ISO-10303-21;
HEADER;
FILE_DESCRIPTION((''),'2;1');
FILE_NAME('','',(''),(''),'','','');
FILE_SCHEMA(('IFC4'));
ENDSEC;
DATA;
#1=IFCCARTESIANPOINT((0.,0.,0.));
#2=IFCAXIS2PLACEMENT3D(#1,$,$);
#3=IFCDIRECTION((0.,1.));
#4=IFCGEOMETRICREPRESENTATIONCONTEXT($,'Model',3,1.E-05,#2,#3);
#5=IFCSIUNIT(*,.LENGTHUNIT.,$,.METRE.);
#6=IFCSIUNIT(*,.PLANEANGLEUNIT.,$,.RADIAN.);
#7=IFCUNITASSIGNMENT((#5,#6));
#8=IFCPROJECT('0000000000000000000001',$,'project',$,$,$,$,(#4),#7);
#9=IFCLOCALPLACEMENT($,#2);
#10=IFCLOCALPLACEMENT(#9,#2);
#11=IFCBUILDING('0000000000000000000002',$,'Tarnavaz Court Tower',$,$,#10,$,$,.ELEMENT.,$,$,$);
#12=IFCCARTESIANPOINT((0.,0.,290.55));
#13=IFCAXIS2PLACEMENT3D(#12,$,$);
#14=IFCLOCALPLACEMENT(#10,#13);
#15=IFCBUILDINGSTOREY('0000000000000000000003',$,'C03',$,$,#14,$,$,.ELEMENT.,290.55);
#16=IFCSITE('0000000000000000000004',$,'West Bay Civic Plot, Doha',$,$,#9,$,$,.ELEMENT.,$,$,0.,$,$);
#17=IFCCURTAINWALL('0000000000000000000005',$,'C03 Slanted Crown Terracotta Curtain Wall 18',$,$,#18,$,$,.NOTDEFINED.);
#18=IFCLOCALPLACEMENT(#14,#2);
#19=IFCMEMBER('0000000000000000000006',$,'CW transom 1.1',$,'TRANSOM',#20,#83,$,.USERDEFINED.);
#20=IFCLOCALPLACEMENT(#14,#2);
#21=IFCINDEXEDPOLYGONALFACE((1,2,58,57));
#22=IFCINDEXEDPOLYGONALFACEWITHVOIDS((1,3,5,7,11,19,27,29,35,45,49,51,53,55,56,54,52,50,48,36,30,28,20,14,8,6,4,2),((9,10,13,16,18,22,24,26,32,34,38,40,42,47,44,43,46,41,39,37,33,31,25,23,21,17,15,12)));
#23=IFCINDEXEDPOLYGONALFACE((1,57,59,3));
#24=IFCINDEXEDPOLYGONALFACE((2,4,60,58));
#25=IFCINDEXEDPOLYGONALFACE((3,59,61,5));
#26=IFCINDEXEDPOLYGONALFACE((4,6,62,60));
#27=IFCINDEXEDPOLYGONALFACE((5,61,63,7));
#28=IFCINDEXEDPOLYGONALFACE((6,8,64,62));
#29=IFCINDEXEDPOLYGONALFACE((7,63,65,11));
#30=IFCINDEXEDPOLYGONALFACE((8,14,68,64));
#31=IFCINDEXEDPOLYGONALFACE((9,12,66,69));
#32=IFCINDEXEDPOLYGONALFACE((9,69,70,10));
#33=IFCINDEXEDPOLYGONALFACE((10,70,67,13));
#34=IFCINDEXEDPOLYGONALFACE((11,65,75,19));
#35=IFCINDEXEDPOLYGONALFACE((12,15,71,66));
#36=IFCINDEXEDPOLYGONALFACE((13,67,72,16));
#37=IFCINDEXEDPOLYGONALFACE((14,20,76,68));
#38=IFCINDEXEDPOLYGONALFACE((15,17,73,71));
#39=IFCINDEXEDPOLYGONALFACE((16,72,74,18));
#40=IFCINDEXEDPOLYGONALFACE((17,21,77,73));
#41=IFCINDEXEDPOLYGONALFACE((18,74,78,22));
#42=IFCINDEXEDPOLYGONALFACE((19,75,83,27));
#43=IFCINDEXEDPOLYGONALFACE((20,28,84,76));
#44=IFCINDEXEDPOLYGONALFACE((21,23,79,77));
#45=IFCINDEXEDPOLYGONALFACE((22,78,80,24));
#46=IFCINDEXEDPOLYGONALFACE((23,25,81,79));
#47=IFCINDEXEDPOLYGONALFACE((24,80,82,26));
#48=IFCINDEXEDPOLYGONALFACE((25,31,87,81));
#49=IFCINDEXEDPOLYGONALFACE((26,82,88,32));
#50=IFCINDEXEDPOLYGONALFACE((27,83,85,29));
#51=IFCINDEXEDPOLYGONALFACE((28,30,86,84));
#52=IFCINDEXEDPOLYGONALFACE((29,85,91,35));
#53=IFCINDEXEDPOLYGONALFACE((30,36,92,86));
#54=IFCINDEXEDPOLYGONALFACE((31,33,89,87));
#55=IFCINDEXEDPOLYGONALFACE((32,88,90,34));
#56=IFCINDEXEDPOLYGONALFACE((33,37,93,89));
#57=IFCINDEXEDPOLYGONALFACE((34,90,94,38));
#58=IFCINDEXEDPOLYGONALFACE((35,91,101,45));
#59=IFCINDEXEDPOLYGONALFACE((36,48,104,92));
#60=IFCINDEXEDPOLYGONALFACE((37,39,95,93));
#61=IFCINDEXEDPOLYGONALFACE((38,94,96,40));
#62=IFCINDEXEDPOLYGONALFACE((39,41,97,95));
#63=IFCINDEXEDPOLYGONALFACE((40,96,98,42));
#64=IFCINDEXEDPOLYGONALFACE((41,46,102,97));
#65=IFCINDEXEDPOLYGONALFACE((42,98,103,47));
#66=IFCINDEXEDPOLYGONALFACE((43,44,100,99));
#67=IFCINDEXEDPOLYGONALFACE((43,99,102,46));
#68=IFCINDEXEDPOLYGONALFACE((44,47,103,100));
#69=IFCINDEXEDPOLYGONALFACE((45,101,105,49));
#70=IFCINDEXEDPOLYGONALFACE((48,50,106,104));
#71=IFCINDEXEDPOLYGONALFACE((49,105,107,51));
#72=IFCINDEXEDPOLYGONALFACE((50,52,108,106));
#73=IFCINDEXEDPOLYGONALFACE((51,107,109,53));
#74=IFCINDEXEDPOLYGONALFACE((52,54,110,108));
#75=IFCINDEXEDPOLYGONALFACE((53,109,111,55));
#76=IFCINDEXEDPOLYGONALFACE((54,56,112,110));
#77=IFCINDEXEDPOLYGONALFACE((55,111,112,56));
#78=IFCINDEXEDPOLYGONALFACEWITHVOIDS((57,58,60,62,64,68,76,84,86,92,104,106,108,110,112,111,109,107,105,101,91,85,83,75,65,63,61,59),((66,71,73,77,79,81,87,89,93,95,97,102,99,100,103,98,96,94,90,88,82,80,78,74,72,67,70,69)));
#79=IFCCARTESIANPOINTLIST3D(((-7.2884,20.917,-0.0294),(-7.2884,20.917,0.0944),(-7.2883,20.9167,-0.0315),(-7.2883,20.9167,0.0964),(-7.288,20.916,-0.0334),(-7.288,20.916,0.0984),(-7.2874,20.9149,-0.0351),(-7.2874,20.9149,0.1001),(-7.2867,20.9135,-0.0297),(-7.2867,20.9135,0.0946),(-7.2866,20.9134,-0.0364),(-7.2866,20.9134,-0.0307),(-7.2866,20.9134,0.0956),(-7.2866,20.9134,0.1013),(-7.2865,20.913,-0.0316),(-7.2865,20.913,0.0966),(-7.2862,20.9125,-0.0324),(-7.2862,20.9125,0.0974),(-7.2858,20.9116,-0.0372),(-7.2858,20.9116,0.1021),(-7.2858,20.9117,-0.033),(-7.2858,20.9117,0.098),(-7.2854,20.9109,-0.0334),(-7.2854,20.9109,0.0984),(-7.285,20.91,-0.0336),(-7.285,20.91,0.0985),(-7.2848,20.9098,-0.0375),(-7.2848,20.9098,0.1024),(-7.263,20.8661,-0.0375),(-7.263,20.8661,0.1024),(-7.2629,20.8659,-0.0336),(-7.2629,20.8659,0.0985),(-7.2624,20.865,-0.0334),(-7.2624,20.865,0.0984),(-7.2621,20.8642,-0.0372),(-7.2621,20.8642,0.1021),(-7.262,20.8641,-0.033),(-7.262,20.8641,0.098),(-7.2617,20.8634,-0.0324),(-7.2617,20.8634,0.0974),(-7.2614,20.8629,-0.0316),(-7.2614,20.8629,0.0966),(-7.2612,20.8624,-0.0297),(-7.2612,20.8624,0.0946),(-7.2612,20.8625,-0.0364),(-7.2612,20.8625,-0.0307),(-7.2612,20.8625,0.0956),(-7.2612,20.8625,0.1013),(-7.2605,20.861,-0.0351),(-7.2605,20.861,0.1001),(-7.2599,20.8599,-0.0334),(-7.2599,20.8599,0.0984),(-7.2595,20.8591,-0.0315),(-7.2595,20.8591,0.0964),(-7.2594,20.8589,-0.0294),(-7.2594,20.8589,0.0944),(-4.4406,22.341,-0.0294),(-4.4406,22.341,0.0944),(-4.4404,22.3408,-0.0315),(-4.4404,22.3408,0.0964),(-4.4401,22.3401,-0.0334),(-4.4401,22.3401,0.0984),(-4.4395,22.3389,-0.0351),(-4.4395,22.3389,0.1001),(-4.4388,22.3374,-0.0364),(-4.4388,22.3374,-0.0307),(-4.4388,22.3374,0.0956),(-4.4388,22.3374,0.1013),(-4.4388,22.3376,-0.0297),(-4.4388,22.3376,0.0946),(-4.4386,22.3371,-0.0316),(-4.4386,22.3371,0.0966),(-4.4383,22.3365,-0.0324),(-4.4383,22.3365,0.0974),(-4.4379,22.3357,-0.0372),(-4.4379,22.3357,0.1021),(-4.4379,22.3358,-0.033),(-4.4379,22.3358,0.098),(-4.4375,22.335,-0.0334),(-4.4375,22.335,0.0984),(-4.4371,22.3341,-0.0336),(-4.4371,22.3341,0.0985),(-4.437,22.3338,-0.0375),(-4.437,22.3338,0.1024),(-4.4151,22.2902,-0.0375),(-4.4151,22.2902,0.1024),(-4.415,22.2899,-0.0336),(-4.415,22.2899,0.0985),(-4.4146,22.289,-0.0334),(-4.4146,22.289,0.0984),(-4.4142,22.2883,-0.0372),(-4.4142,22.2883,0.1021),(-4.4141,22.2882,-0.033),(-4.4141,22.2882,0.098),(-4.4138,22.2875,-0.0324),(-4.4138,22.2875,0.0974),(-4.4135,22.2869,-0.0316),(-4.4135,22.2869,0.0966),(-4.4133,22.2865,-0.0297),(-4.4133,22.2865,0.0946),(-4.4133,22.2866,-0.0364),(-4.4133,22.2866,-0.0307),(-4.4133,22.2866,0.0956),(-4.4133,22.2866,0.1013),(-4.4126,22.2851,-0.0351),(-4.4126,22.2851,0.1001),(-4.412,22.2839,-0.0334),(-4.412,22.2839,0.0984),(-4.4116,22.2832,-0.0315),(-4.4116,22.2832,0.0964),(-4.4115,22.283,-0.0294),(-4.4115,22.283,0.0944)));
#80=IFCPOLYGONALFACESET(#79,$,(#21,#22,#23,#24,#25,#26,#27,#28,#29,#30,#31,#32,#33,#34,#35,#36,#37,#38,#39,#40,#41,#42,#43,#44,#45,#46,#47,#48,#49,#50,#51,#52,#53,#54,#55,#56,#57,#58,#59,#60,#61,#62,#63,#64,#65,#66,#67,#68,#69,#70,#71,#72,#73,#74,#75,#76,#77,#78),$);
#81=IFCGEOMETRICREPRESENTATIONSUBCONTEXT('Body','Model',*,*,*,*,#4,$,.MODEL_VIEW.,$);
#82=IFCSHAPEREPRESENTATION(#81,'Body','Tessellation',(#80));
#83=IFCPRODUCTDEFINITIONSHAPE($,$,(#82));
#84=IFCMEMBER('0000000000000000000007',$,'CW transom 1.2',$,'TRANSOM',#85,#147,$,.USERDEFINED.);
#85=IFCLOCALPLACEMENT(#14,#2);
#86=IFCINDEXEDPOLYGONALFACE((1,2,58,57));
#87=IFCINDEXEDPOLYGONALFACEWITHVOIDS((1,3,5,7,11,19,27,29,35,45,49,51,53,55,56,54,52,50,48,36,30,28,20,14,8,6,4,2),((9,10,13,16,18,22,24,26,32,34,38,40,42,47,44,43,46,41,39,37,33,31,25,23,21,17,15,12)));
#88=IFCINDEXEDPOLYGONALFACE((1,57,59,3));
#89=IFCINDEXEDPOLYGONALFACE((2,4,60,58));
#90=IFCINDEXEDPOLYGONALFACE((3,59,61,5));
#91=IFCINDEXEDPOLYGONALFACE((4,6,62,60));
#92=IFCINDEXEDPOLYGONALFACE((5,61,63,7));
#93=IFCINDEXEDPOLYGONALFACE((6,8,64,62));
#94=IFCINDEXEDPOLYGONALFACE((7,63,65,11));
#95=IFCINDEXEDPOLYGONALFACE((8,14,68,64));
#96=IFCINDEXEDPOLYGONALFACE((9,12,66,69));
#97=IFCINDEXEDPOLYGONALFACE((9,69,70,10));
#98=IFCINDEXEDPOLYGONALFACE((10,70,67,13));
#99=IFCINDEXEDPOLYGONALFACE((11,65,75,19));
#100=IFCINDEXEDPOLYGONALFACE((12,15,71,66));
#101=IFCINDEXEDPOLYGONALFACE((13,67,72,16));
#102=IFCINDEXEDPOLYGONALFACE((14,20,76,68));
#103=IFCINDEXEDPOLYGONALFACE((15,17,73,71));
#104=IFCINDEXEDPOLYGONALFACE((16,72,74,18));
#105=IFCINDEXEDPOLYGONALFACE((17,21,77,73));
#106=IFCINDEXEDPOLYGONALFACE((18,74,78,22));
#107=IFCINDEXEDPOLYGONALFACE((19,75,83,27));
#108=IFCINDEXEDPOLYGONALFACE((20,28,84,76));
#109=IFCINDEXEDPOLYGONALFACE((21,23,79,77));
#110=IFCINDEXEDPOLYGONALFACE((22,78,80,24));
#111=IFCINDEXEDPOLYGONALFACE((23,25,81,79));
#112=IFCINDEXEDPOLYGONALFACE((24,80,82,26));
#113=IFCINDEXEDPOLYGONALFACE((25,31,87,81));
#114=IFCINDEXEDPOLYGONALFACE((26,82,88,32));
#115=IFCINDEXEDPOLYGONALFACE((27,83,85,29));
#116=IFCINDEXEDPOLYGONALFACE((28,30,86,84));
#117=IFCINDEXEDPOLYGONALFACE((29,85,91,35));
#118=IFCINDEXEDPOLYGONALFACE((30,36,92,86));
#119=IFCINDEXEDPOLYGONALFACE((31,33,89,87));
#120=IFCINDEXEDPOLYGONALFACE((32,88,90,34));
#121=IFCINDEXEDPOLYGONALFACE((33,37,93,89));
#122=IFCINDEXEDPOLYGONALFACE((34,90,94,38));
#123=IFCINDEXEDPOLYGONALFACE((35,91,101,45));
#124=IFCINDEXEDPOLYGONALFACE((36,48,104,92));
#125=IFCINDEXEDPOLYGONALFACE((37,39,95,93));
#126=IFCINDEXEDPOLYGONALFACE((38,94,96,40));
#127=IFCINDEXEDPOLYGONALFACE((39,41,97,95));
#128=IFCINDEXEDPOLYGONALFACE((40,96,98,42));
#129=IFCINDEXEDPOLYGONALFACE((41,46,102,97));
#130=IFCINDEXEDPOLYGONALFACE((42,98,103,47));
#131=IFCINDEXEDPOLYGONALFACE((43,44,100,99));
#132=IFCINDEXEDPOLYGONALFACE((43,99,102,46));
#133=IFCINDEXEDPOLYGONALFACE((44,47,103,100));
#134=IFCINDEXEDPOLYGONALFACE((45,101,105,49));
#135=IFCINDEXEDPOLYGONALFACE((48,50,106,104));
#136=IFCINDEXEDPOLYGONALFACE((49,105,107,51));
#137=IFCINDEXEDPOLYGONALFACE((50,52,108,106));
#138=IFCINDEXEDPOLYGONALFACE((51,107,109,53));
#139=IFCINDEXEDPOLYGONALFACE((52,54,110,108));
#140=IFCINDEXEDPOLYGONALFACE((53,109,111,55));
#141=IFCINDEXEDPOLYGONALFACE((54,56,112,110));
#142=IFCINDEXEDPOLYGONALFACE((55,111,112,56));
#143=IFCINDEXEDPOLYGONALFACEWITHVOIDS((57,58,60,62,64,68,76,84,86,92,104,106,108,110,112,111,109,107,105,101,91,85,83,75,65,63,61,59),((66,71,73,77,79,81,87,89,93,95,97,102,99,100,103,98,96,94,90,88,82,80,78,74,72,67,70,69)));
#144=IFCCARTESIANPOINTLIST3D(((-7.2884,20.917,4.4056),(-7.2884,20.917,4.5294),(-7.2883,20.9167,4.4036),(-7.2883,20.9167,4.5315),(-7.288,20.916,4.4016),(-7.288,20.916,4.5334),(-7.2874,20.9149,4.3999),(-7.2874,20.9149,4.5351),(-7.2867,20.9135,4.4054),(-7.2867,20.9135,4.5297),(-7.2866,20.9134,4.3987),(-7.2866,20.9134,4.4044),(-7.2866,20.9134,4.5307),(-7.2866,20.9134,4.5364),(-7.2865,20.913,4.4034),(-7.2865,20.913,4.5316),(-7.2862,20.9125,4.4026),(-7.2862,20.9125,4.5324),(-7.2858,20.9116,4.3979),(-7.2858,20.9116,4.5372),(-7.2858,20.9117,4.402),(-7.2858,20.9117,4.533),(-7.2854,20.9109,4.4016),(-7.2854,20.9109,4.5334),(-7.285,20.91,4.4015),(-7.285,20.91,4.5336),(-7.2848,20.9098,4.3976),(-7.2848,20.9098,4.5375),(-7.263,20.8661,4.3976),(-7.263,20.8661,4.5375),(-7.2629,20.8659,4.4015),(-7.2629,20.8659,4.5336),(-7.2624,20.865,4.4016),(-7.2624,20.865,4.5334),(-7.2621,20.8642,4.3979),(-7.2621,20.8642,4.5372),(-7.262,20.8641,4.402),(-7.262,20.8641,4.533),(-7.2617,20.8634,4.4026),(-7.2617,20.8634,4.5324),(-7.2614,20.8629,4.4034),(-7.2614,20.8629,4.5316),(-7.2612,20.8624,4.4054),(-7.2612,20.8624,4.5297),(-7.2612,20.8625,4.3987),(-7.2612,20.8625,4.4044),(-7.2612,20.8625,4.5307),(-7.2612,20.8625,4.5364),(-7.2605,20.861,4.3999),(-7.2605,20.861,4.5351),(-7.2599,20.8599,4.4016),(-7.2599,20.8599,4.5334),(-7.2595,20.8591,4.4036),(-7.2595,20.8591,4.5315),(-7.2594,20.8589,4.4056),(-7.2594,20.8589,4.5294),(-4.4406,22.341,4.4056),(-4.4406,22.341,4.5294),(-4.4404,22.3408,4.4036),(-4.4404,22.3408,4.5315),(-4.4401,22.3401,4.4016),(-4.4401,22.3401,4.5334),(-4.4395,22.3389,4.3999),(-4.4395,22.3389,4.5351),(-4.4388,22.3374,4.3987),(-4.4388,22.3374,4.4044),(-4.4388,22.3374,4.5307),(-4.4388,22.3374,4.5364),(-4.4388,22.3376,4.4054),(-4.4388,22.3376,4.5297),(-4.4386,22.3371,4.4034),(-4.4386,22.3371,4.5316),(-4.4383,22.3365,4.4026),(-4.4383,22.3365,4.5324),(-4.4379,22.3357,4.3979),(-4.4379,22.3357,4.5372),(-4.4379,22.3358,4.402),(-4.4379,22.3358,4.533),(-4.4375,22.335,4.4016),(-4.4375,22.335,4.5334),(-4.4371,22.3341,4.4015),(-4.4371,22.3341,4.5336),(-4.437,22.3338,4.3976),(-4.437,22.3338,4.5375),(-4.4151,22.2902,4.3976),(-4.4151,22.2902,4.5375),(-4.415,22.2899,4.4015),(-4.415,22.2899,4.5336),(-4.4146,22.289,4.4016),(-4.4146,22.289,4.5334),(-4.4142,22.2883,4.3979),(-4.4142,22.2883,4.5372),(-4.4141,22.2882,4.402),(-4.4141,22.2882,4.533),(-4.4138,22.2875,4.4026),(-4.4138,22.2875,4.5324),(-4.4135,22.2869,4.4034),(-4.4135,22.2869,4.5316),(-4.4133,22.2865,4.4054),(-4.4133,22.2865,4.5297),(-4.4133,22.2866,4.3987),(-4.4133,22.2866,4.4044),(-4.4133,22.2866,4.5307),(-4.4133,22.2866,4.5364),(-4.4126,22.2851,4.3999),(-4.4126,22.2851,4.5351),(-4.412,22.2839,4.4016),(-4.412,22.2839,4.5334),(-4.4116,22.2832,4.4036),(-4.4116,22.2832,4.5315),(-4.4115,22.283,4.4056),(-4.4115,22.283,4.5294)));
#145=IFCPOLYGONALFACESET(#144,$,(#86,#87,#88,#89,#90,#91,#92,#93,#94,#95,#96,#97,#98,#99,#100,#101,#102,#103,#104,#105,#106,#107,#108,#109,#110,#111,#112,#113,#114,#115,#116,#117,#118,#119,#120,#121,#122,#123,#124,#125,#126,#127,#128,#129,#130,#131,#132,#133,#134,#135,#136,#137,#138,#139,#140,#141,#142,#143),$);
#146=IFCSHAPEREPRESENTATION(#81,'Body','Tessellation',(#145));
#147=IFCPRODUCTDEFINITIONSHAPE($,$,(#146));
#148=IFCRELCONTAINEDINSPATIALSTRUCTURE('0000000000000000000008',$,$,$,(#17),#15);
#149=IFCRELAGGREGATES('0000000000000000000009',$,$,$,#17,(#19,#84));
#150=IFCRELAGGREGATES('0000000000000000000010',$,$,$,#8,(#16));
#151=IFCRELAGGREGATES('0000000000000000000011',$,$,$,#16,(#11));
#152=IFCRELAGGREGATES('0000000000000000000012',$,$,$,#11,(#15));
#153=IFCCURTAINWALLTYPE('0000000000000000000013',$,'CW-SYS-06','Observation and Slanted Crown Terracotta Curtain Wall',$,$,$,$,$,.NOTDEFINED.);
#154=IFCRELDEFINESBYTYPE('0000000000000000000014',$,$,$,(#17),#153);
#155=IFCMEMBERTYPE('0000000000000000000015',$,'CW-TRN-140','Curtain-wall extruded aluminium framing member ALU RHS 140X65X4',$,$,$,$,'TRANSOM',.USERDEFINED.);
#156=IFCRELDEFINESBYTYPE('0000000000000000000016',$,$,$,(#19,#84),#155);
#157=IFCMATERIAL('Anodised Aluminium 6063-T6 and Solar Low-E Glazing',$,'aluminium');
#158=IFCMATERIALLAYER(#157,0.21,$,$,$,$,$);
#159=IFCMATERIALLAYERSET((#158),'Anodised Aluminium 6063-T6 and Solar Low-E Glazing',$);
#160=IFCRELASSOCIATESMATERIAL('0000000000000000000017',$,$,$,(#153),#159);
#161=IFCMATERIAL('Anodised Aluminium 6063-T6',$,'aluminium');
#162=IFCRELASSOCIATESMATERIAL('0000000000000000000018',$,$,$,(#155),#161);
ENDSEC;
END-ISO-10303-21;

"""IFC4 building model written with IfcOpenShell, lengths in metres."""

from ifc_helpers import new_model, si_unit, direction, frame, origin, origin_2d, place, context, subcontext, project, spatial, hollow_rectangle, extrude, material, layer, layer_set, material_profile, profile_set, type_object, element, aggregate, save


model = new_model("IFC4")

# Units and contexts
model_context = context("Model", 3, precision=1e-05, world=origin(), true_north=direction((0.0, 1.0)))
body_context = subcontext(model_context, "Body", "Model", "MODEL_VIEW")
ifc_project = project(units=[si_unit("LENGTHUNIT", "METRE"), si_unit("PLANEANGLEUNIT", "RADIAN")], contexts=[model_context])

# Site, building, storey
site_placement = place(None, origin())
site = spatial("IfcSite", under=ifc_project, at=site_placement, Name="West Bay Civic Plot, Doha", CompositionType="ELEMENT", RefElevation=0.0)
building_placement = place(site_placement, origin())
building = spatial("IfcBuilding", under=site, at=building_placement, Name="Tarnavaz Court Tower", CompositionType="ELEMENT")
storey_placement = place(building_placement, frame((0.0, 0.0, 290.55)))
storey = spatial("IfcBuildingStorey", under=building, at=storey_placement, Name="C03", CompositionType="ELEMENT", Elevation=290.55)

# Curtain wall
ifc_material_1 = material(Name="Anodised Aluminium 6063-T6 and Solar Low-E Glazing", Category="aluminium")
ifc_layer_1 = layer(ifc_material_1, 0.21)
ifc_layer_set_1 = layer_set([ifc_layer_1], Name="Anodised Aluminium 6063-T6 and Solar Low-E Glazing")
curtain_wall_type = type_object("IfcCurtainWallType", Name="CW-SYS-06", Description="Observation and Slanted Crown Terracotta Curtain Wall", PredefinedType="NOTDEFINED", material=ifc_layer_set_1)
ifc_material_2 = material(Name="Anodised Aluminium 6063-T6", Category="aluminium")
curtain_wall_1_placement = place(storey_placement, origin())
curtain_wall_1 = element("IfcCurtainWall", 1, at=curtain_wall_1_placement, inside=storey, type_object=curtain_wall_type, Name="C03 Slanted Crown Terracotta Curtain Wall 18", PredefinedType="NOTDEFINED")

# Members
ifc_material_profile_1 = material_profile(ifc_material_2, hollow_rectangle(XDim=0.0649, YDim=0.1399, WallThickness=0.0039, InnerFilletRadius=0.0039, OuterFilletRadius=0.0081, at=origin_2d()), Name="ALU RHS 140X65X4")
ifc_profile_set_1 = profile_set([ifc_material_profile_1], Name="Anodised Aluminium 6063-T6")
member_type_1 = type_object("IfcMemberType", Name="CW-TRN-140", Description="Curtain-wall extruded aluminium framing member ALU RHS 140X65X4", ElementType="TRANSOM", PredefinedType="USERDEFINED", material=ifc_profile_set_1)
member_1_placement = place(storey_placement, frame((-7.2739, 20.8879, 0.0325), z_axis=(0.894412, 0.447244, 0.0), x_axis=(-0.447244, 0.894412, 0.0)))
member_1 = element("IfcMember", 2, at=member_1_placement, type_object=member_type_1, Name="CW transom 1.1", ObjectType="TRANSOM", PredefinedType="USERDEFINED", context=body_context, shape_type="SweptSolid", body=[
    extrude(hollow_rectangle(XDim=0.0649, YDim=0.1399, WallThickness=0.0039, InnerFilletRadius=0.0039, OuterFilletRadius=0.0081, at=origin_2d()), origin(), (0.0, 0.0, 1.0), 3.1841),
])
member_2_placement = place(storey_placement, frame((-7.2739, 20.8879, 4.4675), z_axis=(0.894412, 0.447244, 0.0), x_axis=(-0.447244, 0.894412, 0.0)))
member_2 = element("IfcMember", 3, at=member_2_placement, type_object=member_type_1, Name="CW transom 1.2", ObjectType="TRANSOM", PredefinedType="USERDEFINED", context=body_context, shape_type="SweptSolid", body=[
    extrude(hollow_rectangle(XDim=0.0649, YDim=0.1399, WallThickness=0.0039, InnerFilletRadius=0.0039, OuterFilletRadius=0.0081, at=origin_2d()), origin(), (0.0, 0.0, 1.0), 3.1841),
])

aggregate(curtain_wall_1, [member_1, member_2])

save(model, "model.ifc")
